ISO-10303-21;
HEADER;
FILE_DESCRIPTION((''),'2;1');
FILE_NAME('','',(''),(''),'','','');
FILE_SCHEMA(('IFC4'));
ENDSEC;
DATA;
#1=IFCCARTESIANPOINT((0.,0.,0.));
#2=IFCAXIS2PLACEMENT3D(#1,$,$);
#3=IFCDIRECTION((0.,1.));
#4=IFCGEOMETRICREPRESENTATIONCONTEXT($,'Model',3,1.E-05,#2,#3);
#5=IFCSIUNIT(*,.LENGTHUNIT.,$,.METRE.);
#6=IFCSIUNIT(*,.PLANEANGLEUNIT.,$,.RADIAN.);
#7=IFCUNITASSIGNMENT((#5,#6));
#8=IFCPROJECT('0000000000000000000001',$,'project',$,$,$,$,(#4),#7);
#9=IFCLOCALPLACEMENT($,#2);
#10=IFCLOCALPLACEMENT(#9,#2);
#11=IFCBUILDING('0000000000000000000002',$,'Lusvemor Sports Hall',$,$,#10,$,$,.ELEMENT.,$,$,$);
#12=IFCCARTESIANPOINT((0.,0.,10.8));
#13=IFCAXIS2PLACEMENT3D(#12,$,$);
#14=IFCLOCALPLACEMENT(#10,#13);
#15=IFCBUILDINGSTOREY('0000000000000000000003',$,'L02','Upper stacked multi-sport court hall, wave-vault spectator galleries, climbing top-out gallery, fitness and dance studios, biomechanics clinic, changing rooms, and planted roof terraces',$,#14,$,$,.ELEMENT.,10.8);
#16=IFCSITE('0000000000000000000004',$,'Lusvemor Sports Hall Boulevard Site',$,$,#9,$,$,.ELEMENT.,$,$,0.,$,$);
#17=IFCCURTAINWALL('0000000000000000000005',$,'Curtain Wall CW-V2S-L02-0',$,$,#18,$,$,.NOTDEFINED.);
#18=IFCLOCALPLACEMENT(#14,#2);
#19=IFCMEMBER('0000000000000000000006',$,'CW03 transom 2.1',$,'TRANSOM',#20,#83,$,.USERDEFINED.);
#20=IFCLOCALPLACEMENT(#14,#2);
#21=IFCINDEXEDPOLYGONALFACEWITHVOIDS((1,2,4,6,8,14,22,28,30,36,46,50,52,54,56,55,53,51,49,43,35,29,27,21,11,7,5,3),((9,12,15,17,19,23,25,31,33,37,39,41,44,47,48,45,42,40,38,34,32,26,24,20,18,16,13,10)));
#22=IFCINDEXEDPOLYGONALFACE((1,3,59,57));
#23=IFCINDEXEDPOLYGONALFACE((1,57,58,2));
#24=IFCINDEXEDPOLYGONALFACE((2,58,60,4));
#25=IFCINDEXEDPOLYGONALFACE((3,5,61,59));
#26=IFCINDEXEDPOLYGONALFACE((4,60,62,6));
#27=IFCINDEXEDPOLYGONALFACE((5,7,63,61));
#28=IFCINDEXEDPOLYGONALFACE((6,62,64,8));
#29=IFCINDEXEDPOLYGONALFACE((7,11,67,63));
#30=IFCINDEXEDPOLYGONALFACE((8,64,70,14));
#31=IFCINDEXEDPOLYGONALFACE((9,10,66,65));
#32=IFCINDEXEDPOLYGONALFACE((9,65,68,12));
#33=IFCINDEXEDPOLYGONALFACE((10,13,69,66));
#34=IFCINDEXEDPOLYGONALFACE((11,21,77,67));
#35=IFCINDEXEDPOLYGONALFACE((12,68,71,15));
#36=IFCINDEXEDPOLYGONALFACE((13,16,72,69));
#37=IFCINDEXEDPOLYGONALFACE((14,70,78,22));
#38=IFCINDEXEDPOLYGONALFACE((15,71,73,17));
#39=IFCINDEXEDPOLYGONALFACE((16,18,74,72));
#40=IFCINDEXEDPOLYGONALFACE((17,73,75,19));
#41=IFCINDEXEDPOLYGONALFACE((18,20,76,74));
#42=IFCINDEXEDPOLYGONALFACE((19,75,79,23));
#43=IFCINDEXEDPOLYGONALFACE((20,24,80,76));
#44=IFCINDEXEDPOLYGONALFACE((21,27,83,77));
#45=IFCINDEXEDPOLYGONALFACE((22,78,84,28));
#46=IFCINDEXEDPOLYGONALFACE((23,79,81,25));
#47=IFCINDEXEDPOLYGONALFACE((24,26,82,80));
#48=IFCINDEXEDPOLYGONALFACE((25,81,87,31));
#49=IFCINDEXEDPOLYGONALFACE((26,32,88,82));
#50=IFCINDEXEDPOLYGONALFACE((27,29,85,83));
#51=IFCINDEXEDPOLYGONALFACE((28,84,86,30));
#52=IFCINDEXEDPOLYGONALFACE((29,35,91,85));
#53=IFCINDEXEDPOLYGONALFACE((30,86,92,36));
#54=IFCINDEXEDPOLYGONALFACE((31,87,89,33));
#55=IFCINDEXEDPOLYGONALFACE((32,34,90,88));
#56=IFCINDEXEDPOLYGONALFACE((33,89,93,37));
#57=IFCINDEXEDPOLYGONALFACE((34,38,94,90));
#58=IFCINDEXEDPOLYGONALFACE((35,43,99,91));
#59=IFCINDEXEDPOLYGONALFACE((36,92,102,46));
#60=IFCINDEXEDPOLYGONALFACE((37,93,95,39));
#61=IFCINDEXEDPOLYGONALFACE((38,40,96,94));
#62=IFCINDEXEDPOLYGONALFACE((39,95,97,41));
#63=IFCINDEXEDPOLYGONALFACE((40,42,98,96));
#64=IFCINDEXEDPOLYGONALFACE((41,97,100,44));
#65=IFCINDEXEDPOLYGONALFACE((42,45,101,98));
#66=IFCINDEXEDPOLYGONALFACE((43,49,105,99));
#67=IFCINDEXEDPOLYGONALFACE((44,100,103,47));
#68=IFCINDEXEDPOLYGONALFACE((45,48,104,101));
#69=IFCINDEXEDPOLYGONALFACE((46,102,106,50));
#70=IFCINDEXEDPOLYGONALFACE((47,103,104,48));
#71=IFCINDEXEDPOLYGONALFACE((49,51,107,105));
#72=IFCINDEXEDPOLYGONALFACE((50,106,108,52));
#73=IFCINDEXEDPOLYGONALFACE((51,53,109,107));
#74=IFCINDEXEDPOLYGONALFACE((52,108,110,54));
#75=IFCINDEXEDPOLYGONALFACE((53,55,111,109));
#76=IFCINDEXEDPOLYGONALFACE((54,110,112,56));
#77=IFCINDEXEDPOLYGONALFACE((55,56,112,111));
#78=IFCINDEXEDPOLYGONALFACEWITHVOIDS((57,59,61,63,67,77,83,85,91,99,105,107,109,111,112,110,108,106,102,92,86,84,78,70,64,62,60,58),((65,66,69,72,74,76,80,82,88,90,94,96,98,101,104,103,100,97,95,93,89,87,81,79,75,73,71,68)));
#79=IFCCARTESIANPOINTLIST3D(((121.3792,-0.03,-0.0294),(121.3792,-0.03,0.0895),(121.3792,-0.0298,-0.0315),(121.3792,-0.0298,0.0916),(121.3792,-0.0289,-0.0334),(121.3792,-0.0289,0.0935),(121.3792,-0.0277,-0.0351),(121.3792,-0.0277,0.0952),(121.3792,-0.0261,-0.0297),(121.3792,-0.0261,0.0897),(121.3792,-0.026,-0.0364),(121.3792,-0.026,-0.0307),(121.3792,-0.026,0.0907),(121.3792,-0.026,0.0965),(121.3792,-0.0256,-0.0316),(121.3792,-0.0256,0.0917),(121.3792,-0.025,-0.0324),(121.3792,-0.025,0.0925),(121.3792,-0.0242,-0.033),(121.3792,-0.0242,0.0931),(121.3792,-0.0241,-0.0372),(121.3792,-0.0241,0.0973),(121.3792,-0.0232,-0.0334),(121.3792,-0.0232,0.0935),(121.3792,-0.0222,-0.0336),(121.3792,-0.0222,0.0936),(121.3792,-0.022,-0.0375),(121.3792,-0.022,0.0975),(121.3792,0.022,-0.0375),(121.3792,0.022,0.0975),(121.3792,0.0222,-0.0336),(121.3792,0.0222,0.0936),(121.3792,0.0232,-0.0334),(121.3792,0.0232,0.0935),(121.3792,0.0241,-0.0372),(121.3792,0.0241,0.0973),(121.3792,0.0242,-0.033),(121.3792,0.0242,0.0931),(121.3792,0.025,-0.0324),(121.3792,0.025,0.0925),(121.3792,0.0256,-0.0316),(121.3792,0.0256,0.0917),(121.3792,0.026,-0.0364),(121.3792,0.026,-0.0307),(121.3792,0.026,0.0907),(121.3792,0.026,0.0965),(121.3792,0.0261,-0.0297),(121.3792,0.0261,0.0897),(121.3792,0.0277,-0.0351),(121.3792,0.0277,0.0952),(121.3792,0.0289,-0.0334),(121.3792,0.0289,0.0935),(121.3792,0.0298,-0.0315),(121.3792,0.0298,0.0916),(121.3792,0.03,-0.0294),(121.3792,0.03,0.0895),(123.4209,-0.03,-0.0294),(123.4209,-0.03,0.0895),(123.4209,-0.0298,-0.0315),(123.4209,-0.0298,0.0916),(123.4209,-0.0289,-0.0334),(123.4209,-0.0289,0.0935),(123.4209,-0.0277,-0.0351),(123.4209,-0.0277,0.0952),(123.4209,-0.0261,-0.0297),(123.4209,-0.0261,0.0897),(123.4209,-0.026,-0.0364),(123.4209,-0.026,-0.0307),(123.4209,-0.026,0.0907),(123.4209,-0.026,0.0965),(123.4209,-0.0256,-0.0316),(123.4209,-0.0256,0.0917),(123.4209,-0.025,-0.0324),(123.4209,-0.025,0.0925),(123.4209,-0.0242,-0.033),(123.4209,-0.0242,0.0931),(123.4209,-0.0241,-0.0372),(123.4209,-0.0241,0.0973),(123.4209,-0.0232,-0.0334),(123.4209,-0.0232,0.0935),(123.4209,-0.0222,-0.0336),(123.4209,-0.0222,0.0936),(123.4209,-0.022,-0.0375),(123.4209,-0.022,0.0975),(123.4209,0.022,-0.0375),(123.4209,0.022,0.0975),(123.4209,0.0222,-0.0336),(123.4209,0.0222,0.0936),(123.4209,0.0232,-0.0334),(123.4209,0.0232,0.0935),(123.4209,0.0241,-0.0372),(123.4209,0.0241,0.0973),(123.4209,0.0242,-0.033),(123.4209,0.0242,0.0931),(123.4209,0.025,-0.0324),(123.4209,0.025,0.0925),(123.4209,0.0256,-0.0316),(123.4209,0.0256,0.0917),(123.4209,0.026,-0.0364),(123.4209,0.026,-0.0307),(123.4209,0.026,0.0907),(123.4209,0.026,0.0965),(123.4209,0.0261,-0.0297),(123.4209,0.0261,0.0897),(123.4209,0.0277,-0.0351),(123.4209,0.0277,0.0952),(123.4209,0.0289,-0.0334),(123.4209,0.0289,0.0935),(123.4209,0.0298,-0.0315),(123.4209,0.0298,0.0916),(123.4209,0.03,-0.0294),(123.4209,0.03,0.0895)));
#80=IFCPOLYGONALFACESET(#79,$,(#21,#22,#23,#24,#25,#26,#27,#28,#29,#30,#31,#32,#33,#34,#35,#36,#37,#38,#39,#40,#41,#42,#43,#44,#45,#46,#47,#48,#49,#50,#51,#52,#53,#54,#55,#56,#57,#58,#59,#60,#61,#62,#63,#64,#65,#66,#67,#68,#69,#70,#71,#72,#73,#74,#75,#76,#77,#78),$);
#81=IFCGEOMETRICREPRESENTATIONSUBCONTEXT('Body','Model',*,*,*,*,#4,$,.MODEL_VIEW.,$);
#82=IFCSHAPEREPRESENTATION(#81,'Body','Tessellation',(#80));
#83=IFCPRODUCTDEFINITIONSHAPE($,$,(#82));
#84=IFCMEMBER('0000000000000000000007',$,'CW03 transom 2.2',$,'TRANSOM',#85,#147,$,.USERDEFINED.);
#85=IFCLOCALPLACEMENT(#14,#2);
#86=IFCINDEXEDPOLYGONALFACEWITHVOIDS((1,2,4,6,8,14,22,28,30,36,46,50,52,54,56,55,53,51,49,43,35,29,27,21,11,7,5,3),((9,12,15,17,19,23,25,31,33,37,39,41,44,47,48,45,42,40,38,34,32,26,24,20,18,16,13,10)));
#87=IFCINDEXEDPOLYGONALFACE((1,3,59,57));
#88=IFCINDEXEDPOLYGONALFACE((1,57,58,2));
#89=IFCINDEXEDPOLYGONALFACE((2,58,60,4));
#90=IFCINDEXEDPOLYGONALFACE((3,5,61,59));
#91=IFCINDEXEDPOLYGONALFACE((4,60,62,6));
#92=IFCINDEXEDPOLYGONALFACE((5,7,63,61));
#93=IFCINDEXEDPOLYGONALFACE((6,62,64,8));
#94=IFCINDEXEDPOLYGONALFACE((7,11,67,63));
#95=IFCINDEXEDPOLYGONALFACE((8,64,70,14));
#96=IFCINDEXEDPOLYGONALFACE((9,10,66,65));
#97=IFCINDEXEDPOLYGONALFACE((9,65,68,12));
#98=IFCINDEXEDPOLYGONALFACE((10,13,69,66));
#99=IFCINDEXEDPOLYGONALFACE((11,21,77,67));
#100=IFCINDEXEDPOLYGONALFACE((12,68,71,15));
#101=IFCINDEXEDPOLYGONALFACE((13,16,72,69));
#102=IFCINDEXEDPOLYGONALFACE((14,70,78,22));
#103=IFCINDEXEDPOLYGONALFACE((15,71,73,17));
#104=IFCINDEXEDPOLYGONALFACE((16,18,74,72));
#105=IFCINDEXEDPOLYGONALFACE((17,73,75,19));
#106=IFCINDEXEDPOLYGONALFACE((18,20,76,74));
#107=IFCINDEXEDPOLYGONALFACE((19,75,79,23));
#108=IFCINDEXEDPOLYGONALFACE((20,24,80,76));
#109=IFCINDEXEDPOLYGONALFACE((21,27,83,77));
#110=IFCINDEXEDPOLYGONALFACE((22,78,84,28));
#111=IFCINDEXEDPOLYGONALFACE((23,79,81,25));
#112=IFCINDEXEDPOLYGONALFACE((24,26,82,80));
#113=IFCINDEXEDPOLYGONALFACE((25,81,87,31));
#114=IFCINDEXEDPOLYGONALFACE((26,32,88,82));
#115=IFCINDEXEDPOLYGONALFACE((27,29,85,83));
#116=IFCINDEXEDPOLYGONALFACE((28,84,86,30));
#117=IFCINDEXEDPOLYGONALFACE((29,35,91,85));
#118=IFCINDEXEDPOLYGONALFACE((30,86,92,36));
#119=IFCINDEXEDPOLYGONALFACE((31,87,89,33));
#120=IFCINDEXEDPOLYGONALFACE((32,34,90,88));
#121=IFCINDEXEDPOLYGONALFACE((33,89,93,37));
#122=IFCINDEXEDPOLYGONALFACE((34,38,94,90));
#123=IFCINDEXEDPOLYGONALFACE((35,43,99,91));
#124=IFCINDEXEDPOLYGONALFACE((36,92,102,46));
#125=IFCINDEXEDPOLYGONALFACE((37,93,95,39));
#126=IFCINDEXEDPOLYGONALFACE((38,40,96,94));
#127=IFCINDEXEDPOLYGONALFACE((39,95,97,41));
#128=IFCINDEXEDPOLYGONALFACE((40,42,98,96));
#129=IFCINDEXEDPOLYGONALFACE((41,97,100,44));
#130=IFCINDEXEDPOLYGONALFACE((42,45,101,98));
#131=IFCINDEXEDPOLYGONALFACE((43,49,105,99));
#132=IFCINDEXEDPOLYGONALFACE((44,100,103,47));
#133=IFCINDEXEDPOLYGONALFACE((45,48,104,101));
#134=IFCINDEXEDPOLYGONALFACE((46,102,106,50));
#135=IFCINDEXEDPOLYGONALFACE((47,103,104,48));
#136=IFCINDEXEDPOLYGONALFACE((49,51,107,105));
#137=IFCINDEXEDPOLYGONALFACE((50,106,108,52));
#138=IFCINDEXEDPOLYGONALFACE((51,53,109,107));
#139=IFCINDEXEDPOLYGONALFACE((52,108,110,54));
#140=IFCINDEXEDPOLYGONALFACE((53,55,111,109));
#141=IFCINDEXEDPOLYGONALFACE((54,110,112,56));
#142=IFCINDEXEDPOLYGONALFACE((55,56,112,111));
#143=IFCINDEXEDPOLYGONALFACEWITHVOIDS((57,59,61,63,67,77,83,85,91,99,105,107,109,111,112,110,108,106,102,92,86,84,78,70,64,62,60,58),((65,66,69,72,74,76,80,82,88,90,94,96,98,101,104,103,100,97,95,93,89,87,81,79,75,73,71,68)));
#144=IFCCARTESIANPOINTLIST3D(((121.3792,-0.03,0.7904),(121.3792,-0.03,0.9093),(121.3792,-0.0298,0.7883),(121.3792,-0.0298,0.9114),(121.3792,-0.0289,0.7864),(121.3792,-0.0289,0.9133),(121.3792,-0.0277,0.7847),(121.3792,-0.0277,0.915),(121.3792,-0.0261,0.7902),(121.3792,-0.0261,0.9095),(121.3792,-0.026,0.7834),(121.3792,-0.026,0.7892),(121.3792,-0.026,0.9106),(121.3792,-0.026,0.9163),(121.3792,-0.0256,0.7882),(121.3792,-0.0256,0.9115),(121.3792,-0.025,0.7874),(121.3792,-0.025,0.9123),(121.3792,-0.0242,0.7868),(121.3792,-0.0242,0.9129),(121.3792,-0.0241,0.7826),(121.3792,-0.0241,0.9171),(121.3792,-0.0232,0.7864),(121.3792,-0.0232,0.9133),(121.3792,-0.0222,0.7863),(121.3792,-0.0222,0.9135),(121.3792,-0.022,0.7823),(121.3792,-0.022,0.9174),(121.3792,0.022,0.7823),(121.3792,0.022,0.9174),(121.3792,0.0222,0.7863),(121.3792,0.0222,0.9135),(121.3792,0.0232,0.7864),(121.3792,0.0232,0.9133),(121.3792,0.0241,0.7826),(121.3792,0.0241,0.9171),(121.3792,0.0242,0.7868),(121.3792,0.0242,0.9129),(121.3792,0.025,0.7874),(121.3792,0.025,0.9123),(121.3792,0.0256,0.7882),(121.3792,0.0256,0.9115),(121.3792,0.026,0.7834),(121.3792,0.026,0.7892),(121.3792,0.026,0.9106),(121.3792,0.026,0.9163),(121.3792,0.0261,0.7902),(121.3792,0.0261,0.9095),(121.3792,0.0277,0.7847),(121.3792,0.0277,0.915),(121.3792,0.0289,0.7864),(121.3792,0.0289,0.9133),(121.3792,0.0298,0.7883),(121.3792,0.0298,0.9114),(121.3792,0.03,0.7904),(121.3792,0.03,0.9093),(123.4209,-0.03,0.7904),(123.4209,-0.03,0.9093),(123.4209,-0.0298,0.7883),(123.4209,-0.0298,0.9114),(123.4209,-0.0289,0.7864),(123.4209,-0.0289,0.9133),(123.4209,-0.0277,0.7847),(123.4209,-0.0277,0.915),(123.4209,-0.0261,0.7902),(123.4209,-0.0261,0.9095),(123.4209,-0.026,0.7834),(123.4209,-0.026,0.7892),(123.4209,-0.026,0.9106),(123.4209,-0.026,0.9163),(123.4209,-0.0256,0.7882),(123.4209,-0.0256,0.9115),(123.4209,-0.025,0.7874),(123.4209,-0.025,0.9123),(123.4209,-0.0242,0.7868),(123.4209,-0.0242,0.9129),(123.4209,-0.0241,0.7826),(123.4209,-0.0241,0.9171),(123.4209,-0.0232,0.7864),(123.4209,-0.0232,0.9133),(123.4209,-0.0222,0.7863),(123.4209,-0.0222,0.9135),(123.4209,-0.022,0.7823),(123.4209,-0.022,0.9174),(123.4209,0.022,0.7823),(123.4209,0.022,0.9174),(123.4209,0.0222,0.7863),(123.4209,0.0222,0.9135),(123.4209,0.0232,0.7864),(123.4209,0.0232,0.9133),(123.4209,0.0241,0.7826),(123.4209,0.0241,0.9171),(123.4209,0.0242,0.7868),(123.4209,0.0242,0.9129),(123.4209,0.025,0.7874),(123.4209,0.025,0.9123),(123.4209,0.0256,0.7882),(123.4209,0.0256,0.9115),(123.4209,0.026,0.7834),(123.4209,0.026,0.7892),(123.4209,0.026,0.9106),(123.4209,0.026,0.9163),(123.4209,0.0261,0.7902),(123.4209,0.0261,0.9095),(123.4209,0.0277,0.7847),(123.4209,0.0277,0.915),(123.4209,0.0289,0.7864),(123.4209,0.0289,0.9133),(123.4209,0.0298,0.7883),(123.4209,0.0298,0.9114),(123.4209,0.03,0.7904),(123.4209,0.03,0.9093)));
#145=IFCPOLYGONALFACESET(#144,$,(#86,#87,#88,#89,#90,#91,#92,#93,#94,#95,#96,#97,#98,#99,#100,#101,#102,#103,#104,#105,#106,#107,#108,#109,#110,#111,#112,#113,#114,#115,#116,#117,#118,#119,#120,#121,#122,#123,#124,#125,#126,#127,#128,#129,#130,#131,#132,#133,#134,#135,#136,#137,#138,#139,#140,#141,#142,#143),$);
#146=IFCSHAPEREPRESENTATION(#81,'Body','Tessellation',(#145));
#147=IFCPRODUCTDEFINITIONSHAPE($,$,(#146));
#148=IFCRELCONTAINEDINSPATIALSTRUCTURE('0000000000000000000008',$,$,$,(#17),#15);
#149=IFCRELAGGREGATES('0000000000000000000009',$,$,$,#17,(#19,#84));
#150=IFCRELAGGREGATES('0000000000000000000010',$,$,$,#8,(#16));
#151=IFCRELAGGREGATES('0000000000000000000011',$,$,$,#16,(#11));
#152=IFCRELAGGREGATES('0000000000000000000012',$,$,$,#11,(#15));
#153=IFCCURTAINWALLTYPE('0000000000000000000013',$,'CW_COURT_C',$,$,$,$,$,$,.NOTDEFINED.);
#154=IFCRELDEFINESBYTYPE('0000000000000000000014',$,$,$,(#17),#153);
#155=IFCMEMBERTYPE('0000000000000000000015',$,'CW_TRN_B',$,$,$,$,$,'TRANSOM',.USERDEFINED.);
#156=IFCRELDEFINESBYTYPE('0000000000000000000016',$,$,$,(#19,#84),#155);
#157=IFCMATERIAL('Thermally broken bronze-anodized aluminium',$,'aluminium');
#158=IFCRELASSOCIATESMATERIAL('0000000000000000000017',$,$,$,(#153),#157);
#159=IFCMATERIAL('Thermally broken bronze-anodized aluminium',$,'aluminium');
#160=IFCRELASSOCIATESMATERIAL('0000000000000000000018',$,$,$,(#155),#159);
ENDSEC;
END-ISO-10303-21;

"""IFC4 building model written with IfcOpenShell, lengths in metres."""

from ifc_helpers import new_model, si_unit, direction, frame, origin, origin_2d, place, context, subcontext, project, spatial, hollow_rectangle, extrude, material, material_profile, profile_set, type_object, element, aggregate, save


model = new_model("IFC4")

# Units and contexts
model_context = context("Model", 3, precision=1e-05, world=origin(), true_north=direction((0.0, 1.0)))
body_context = subcontext(model_context, "Body", "Model", "MODEL_VIEW")
ifc_project = project(units=[si_unit("LENGTHUNIT", "METRE"), si_unit("PLANEANGLEUNIT", "RADIAN")], contexts=[model_context])

# Site, building, storey
site_placement = place(None, origin())
site = spatial("IfcSite", under=ifc_project, at=site_placement, Name="Lusvemor Sports Hall Boulevard Site", CompositionType="ELEMENT", RefElevation=0.0)
building_placement = place(site_placement, origin())
building = spatial("IfcBuilding", under=site, at=building_placement, Name="Lusvemor Sports Hall", CompositionType="ELEMENT")
storey_placement = place(building_placement, frame((0.0, 0.0, 10.8)))
storey = spatial("IfcBuildingStorey", under=building, at=storey_placement, Name="L02", Description="Upper stacked multi-sport court hall, wave-vault spectator galleries, climbing top-out gallery, fitness and dance studios, biomechanics clinic, changing rooms, and planted roof terraces", CompositionType="ELEMENT", Elevation=10.8)

# Curtain wall, members
ifc_material_1 = material(Name="Thermally broken bronze-anodized aluminium", Category="aluminium")
curtain_wall_type = type_object("IfcCurtainWallType", Name="CW_COURT_C", PredefinedType="NOTDEFINED", material=ifc_material_1)
curtain_wall_placement = place(storey_placement, origin())
curtain_wall = element("IfcCurtainWall", 1, at=curtain_wall_placement, inside=storey, type_object=curtain_wall_type, Name="Curtain Wall CW-V2S-L02-0", PredefinedType="NOTDEFINED")
ifc_material_2 = material(Name="Thermally broken bronze-anodized aluminium", Category="aluminium")
ifc_material_profile_1 = material_profile(ifc_material_2, hollow_rectangle(XDim=0.0601, YDim=0.135, WallThickness=0.0039, InnerFilletRadius=0.0039, OuterFilletRadius=0.0081, at=origin_2d()), Name="CWTRN135x60x4")
ifc_profile_set_1 = profile_set([ifc_material_profile_1], Name="Thermally broken bronze-anodized aluminium")
member_type_1 = type_object("IfcMemberType", Name="CW_TRN_B", ElementType="TRANSOM", PredefinedType="USERDEFINED", material=ifc_profile_set_1)
member_1_placement = place(storey_placement, frame((123.4209, 0.0, 0.03), z_axis=(-1.0, 0.0, 0.0), x_axis=(0.0, -1.0, 0.0)))
member_1 = element("IfcMember", 2, at=member_1_placement, type_object=member_type_1, Name="CW03 transom 2.1", ObjectType="TRANSOM", PredefinedType="USERDEFINED", context=body_context, shape_type="SweptSolid", body=[
    extrude(hollow_rectangle(XDim=0.0601, YDim=0.135, WallThickness=0.0039, InnerFilletRadius=0.0039, OuterFilletRadius=0.0081, at=origin_2d()), origin(), (0.0, 0.0, 1.0), 2.0417),
])
member_2_placement = place(storey_placement, frame((123.4209, 0.0, 0.8499), z_axis=(-1.0, 0.0, 0.0), x_axis=(0.0, -1.0, 0.0)))
member_2 = element("IfcMember", 3, at=member_2_placement, type_object=member_type_1, Name="CW03 transom 2.2", ObjectType="TRANSOM", PredefinedType="USERDEFINED", context=body_context, shape_type="SweptSolid", body=[
    extrude(hollow_rectangle(XDim=0.0601, YDim=0.135, WallThickness=0.0039, InnerFilletRadius=0.0039, OuterFilletRadius=0.0081, at=origin_2d()), origin(), (0.0, 0.0, 1.0), 2.0417),
])

aggregate(curtain_wall, [member_1, member_2])

save(model, "model.ifc")
